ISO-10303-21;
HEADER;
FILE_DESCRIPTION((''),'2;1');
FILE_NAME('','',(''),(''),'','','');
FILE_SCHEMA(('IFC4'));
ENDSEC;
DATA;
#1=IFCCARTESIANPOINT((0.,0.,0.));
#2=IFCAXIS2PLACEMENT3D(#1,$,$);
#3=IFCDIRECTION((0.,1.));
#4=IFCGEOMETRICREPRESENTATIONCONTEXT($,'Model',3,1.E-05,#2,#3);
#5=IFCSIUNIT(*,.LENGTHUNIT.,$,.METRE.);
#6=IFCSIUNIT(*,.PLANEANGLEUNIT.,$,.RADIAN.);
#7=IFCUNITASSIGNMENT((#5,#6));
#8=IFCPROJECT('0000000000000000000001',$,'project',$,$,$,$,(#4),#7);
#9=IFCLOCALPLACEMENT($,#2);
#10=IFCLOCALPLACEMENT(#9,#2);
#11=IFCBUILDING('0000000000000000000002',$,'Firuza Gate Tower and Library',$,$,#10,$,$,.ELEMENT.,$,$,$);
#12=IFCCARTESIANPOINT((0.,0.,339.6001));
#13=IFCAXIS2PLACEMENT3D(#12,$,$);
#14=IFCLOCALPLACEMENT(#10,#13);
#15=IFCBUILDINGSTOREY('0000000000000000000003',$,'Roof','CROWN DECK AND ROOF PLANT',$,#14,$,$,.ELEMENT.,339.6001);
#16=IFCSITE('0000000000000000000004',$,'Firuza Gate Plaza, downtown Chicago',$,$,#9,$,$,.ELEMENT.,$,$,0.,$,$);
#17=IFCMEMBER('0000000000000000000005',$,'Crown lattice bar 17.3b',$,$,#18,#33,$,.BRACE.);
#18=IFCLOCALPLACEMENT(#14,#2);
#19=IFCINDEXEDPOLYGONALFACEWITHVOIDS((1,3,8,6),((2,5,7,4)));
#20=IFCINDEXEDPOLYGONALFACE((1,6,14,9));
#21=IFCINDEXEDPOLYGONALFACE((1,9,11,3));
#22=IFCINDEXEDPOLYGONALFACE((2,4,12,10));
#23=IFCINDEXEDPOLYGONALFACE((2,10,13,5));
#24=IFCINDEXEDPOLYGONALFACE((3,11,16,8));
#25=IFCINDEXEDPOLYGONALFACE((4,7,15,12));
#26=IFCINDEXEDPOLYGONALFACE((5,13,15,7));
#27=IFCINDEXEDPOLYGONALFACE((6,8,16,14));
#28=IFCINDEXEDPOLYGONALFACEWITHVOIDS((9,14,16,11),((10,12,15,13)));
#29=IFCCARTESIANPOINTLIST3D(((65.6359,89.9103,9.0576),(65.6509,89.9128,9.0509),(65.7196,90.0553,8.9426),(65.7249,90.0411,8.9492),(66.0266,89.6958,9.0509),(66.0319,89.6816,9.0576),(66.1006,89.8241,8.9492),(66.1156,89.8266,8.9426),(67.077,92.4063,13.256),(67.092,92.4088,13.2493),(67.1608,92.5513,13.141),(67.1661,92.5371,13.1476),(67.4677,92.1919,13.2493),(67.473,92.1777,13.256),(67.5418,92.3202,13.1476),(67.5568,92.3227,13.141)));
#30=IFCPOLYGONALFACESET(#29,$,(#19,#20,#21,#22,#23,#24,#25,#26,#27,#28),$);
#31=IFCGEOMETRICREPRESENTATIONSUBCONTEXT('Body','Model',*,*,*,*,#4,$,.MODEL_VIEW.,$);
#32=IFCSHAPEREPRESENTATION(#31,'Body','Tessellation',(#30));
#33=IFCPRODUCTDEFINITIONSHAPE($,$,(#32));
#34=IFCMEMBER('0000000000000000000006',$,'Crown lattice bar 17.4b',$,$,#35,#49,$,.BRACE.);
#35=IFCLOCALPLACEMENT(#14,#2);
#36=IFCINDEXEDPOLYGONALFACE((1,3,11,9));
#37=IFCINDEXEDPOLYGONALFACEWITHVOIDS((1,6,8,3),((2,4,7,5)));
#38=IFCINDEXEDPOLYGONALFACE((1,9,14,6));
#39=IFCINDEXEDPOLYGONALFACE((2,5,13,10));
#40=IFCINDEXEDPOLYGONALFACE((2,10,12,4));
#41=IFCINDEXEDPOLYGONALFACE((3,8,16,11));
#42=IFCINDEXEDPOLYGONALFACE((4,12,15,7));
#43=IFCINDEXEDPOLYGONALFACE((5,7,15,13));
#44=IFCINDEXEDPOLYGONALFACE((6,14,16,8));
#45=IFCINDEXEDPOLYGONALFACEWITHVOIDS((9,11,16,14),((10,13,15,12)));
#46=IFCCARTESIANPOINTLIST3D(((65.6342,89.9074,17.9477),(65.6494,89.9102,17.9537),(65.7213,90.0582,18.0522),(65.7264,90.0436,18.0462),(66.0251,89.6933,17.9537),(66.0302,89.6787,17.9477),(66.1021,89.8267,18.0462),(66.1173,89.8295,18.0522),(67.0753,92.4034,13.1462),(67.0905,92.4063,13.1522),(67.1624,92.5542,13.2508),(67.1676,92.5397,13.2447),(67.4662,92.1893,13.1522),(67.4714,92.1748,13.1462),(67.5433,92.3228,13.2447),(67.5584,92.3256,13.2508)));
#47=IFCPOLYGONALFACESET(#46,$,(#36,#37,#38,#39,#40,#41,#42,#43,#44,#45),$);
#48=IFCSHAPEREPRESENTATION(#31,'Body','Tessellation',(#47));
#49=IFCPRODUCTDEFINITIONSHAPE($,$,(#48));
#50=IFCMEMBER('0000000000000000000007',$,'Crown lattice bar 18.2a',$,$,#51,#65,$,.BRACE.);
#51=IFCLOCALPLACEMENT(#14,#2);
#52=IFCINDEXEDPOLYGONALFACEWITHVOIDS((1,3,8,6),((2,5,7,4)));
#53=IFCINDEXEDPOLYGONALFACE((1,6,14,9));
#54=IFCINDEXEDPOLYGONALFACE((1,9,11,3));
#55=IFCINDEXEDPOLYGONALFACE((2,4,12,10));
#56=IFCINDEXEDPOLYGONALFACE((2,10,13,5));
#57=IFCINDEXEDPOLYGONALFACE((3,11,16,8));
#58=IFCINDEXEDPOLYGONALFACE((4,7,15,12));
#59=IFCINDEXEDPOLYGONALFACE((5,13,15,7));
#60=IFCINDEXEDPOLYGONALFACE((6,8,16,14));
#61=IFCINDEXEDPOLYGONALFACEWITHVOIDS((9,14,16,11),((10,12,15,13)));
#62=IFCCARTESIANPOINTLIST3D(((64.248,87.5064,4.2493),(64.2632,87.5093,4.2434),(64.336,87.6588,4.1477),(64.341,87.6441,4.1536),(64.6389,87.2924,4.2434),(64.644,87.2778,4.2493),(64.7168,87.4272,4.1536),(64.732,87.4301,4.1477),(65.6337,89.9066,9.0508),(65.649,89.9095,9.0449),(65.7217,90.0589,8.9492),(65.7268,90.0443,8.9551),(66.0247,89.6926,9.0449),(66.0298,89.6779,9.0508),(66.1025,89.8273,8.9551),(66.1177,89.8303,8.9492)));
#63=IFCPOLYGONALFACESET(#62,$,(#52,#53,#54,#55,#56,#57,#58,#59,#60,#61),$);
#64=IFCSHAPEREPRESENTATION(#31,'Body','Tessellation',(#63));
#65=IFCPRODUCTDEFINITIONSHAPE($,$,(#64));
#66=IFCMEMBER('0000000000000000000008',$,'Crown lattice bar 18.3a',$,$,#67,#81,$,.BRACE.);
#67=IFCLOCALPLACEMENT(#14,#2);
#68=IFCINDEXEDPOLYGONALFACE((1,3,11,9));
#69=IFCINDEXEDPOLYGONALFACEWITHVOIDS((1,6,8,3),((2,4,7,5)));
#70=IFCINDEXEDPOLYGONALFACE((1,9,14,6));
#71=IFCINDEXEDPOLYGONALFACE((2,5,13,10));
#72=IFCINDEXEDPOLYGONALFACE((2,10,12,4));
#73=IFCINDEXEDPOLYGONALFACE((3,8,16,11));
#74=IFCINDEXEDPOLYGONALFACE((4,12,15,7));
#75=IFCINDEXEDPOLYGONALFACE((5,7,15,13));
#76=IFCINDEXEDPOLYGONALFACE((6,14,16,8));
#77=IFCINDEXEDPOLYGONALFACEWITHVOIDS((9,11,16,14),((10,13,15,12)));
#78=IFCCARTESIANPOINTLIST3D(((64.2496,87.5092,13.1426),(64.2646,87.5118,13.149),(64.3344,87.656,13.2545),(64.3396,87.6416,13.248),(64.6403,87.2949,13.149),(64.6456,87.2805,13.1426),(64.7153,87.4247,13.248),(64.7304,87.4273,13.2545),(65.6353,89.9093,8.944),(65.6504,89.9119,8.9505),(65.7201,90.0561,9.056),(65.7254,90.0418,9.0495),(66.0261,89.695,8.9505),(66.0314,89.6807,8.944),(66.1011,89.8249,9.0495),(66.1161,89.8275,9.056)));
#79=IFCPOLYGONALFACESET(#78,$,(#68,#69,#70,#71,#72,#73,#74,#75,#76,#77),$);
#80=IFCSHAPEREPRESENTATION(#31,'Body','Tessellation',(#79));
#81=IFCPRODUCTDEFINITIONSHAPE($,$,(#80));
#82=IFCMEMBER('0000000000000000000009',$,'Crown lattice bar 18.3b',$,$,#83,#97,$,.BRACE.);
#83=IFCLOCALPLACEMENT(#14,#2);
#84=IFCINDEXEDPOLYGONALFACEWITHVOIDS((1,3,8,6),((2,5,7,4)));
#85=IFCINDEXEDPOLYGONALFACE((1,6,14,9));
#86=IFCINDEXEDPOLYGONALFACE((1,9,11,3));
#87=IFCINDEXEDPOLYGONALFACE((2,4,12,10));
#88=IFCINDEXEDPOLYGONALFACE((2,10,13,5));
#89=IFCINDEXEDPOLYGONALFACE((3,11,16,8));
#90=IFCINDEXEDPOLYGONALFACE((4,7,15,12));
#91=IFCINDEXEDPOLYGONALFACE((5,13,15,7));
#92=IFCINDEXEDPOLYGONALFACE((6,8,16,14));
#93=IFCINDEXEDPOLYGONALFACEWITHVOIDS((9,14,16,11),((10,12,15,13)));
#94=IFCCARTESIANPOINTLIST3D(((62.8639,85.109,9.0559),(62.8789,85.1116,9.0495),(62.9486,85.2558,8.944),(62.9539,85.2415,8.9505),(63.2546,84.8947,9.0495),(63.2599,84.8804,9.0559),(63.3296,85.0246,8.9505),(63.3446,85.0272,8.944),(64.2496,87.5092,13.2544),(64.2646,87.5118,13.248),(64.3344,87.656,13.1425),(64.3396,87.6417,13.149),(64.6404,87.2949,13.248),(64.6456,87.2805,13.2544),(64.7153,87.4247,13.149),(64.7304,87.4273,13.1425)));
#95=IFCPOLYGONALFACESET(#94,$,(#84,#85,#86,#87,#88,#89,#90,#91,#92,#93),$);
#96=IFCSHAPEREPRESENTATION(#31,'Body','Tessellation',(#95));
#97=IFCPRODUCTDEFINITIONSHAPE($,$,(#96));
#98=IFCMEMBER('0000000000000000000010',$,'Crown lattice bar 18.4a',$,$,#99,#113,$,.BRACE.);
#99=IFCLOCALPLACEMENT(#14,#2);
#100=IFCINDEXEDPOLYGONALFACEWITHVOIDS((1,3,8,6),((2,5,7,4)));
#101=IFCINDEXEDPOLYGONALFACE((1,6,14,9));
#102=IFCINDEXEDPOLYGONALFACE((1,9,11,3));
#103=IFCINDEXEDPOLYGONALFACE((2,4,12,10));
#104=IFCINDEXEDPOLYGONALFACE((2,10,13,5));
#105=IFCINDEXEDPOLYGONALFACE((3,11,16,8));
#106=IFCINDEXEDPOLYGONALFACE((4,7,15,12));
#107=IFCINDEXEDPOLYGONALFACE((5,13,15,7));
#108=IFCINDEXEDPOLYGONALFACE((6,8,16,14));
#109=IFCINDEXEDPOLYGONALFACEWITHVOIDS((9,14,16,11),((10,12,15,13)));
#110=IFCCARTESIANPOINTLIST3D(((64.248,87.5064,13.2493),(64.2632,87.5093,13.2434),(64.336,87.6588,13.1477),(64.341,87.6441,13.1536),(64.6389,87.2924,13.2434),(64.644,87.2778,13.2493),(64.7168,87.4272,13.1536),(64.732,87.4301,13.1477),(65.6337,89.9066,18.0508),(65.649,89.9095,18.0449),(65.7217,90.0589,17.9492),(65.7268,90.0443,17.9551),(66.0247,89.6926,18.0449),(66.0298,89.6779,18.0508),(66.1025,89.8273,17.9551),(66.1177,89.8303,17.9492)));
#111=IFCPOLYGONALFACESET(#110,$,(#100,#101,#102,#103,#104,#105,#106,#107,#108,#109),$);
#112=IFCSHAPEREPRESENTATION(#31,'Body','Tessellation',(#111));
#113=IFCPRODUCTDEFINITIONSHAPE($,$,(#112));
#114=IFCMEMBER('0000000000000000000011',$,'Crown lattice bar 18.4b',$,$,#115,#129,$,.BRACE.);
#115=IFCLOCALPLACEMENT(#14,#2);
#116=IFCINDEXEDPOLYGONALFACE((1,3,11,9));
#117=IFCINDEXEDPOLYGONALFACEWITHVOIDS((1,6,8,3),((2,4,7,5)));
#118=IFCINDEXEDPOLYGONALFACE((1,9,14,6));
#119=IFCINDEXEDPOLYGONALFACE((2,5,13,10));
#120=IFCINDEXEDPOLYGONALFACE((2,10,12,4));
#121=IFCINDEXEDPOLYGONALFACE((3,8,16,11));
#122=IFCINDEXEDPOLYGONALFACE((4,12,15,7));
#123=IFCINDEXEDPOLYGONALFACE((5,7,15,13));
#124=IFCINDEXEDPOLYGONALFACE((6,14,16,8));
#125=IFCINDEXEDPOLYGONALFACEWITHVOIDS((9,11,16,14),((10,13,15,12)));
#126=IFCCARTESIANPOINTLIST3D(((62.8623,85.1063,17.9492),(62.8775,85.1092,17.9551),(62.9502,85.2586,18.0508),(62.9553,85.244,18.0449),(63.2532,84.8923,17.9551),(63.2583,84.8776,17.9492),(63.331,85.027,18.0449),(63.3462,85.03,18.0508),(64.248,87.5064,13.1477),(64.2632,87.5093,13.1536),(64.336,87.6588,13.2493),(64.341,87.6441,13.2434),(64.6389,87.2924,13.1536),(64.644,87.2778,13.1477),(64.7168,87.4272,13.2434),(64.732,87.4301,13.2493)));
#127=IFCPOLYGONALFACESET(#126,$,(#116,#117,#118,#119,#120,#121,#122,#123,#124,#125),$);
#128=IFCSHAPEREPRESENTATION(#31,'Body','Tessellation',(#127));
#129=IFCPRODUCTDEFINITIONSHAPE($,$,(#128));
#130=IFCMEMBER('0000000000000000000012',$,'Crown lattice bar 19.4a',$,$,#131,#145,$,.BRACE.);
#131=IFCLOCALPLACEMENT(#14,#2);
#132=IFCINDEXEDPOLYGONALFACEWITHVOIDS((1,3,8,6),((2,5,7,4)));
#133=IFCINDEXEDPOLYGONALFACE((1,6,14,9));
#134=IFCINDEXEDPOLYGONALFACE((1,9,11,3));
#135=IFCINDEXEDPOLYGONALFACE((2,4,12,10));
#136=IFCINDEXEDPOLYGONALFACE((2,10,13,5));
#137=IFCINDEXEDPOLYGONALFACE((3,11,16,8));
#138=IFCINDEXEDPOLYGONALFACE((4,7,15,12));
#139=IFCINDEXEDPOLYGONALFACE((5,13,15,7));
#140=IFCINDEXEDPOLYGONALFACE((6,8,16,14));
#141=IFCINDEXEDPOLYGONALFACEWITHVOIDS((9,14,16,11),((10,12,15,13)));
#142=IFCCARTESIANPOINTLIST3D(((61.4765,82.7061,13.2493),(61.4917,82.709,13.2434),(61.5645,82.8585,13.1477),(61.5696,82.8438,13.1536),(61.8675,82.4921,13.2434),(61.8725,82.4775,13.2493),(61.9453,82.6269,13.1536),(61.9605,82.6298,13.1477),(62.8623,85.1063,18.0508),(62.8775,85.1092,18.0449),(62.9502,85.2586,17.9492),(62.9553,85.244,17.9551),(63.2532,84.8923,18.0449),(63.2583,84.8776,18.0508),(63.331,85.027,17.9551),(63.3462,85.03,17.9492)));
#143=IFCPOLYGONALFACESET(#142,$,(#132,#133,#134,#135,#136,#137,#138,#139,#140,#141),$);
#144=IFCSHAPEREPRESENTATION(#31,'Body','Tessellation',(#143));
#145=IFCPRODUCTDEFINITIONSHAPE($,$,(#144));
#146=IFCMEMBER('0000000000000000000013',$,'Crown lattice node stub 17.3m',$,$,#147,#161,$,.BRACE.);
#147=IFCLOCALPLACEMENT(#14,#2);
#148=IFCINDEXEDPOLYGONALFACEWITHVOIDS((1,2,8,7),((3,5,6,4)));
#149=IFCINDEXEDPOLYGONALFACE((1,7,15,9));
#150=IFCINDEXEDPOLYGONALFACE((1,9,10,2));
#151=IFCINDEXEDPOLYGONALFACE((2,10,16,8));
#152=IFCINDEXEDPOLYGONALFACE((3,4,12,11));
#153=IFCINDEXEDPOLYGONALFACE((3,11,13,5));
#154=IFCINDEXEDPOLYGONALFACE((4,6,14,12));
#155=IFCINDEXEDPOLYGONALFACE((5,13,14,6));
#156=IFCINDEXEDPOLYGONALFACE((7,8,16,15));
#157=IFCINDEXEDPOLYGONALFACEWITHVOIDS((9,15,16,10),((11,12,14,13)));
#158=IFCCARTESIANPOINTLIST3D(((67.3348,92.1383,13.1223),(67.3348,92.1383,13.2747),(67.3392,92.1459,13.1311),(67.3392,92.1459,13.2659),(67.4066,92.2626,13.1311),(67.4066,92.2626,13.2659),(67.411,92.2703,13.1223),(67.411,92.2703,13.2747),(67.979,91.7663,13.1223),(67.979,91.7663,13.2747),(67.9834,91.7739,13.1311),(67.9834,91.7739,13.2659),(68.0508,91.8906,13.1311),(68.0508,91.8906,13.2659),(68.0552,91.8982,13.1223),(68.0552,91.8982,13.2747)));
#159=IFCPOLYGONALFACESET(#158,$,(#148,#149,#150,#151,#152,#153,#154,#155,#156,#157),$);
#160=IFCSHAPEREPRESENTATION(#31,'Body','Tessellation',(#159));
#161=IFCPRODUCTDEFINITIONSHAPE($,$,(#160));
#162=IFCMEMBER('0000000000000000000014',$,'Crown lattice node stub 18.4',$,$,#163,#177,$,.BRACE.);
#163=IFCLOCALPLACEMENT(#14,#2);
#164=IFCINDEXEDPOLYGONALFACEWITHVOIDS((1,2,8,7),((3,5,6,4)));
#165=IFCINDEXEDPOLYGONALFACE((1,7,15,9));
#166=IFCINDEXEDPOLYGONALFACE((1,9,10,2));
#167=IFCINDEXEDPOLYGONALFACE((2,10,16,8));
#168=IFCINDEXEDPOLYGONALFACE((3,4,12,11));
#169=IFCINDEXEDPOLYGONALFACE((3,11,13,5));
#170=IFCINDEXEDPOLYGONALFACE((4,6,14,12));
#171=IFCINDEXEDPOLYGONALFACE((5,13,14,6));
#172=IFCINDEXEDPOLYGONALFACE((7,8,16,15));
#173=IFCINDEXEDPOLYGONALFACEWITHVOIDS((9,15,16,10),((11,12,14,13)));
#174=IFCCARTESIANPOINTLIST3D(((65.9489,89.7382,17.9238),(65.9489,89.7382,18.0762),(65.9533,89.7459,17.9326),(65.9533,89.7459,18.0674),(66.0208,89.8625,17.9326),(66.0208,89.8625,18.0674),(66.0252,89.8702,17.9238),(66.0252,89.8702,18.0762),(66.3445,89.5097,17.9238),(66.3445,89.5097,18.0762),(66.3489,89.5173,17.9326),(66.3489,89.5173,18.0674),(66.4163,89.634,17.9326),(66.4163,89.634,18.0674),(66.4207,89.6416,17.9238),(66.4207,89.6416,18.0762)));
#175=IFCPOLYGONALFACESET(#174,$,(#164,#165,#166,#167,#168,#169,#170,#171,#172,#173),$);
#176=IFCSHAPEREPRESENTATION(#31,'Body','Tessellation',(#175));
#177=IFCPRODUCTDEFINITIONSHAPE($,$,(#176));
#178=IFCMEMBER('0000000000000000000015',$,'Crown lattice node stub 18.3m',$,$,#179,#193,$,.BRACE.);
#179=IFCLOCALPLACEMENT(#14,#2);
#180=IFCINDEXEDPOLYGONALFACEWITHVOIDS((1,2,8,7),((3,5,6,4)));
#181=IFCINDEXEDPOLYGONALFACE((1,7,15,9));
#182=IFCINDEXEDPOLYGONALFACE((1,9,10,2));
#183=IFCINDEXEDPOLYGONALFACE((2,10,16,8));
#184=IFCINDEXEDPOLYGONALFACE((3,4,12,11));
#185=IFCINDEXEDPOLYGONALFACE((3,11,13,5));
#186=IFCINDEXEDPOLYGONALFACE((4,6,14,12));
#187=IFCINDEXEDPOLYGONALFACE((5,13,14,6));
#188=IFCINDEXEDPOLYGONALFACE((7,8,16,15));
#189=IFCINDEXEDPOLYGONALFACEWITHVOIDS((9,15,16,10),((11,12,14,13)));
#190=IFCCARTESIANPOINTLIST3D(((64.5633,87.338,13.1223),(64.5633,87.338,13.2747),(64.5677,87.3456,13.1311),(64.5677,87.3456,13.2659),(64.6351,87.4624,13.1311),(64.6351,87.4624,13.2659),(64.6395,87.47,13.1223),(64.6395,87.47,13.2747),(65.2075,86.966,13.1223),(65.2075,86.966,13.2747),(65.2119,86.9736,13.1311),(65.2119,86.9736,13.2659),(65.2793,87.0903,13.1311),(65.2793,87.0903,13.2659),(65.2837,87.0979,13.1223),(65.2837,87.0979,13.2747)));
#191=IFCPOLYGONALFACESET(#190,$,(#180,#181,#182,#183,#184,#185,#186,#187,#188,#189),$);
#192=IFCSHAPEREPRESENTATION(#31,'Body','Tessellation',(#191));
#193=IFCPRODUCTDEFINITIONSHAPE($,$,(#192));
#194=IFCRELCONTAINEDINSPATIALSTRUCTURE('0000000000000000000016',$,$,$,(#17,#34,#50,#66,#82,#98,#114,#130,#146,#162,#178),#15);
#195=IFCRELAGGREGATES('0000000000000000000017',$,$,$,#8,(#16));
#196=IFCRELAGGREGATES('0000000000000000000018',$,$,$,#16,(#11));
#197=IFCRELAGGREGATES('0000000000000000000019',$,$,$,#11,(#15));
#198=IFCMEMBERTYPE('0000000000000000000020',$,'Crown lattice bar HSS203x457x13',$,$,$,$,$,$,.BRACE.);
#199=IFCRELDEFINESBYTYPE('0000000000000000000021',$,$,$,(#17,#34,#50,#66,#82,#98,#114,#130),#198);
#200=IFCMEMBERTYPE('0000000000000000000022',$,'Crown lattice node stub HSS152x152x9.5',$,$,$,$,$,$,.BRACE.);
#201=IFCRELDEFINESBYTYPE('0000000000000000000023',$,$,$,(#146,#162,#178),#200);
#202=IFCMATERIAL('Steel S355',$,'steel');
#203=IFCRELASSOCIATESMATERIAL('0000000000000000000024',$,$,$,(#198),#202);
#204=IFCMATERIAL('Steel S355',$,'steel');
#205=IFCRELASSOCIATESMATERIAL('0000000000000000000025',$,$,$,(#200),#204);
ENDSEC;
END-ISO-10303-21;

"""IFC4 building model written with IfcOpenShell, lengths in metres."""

from ifc_helpers import new_model, si_unit, direction, frame, origin, origin_2d, place, context, subcontext, project, spatial, hollow_rectangle, extrude, material, material_profile, profile_set, type_object, element, save


model = new_model("IFC4")

# Units and contexts
model_context = context("Model", 3, precision=1e-05, world=origin(), true_north=direction((0.0, 1.0)))
body_context = subcontext(model_context, "Body", "Model", "MODEL_VIEW")
ifc_project = project(units=[si_unit("LENGTHUNIT", "METRE"), si_unit("PLANEANGLEUNIT", "RADIAN")], contexts=[model_context])

# Site, building, storey
site_placement = place(None, origin())
site = spatial("IfcSite", under=ifc_project, at=site_placement, Name="Firuza Gate Plaza, downtown Chicago", CompositionType="ELEMENT", RefElevation=0.0)
building_placement = place(site_placement, origin())
building = spatial("IfcBuilding", under=site, at=building_placement, Name="Firuza Gate Tower and Library", CompositionType="ELEMENT")
storey_placement = place(building_placement, frame((0.0, 0.0, 339.6001)))
storey = spatial("IfcBuildingStorey", under=building, at=storey_placement, Name="Roof", Description="CROWN DECK AND ROOF PLANT", CompositionType="ELEMENT", Elevation=339.6001)

# Members
ifc_material_1 = material(Name="Steel S355", Category="steel")
ifc_material_profile_1 = material_profile(ifc_material_1, hollow_rectangle(XDim=0.4573, YDim=0.2031, WallThickness=0.0117, at=origin_2d()))
ifc_profile_set_1 = profile_set([ifc_material_profile_1], Name="Steel S355")
member_type_1 = type_object("IfcMemberType", Name="Crown lattice bar HSS203x457x13", PredefinedType="BRACE", material=ifc_profile_set_1)
member_1_placement = place(storey_placement, frame((67.3169, 92.3645, 13.1985), z_axis=(-0.282991, -0.49014, -0.824427), x_axis=(0.866019, -0.500011, 0.0)))
element("IfcMember", 1, at=member_1_placement, inside=storey, type_object=member_type_1, Name="Crown lattice bar 17.3b", PredefinedType="BRACE", context=body_context, shape_type="SweptSolid", body=[
    extrude(hollow_rectangle(XDim=0.4573, YDim=0.2031, WallThickness=0.0117, at=origin_2d()), origin(), (0.0, 0.0, 1.0), 5.0925),
])
member_2_placement = place(storey_placement, frame((67.3169, 92.3645, 13.1985), z_axis=(-0.257342, -0.445717, 0.857386), x_axis=(0.866019, -0.500011, 0.0)))
element("IfcMember", 2, at=member_2_placement, inside=storey, type_object=member_type_1, Name="Crown lattice bar 17.4b", PredefinedType="BRACE", context=body_context, shape_type="SweptSolid", body=[
    extrude(hollow_rectangle(XDim=0.4573, YDim=0.2031, WallThickness=0.0117, at=origin_2d()), origin(), (0.0, 0.0, 1.0), 5.6001),
])
member_3_placement = place(storey_placement, frame((65.8757, 89.8684, 9.0), z_axis=(-0.249955, -0.43293, -0.86608), x_axis=(0.866023, -0.500005, 0.0)))
element("IfcMember", 3, at=member_3_placement, inside=storey, type_object=member_type_1, Name="Crown lattice bar 18.2a", PredefinedType="BRACE", context=body_context, shape_type="SweptSolid", body=[
    extrude(hollow_rectangle(XDim=0.4573, YDim=0.2031, WallThickness=0.0117, at=origin_2d()), origin(), (0.0, 0.0, 1.0), 5.5439),
])
for number, where, z_axis, x_axis, name in (
    (4, (65.8757, 89.8684, 9.0), (-0.275455, -0.477097, 0.834568), (0.866023, -0.500005, 0.0), "Crown lattice bar 18.3a"),
    (5, (64.49, 87.4683, 13.1985), (-0.275455, -0.477097, -0.834568), (0.866023, -0.500005, 0.0), "Crown lattice bar 18.3b"),
):
    element("IfcMember", number, at=place(storey_placement, frame(where, z_axis=z_axis, x_axis=x_axis)), inside=storey, type_object=member_type_1, Name=name, PredefinedType="BRACE", context=body_context, shape_type="SweptSolid", body=[
        extrude(hollow_rectangle(XDim=0.4573, YDim=0.2031, WallThickness=0.0117, at=origin_2d()), origin(), (0.0, 0.0, 1.0), 5.0308),
    ])
for number, where, z_axis, x_axis, name in (
    (6, (65.8757, 89.8684, 18.0), (-0.249955, -0.43293, -0.86608), (0.866023, -0.500005, 0.0), "Crown lattice bar 18.4a"),
    (7, (64.49, 87.4683, 13.1985), (-0.249955, -0.43293, 0.86608), (0.866023, -0.500005, 0.0), "Crown lattice bar 18.4b"),
    (8, (63.1042, 85.0681, 18.0), (-0.249955, -0.43293, -0.86608), (0.866023, -0.500005, 0.0), "Crown lattice bar 19.4a"),
):
    element("IfcMember", number, at=place(storey_placement, frame(where, z_axis=z_axis, x_axis=x_axis)), inside=storey, type_object=member_type_1, Name=name, PredefinedType="BRACE", context=body_context, shape_type="SweptSolid", body=[
        extrude(hollow_rectangle(XDim=0.4573, YDim=0.2031, WallThickness=0.0117, at=origin_2d()), origin(), (0.0, 0.0, 1.0), 5.5439),
    ])
ifc_material_2 = material(Name="Steel S355", Category="steel")
ifc_material_profile_2 = material_profile(ifc_material_2, hollow_rectangle(XDim=0.1523, YDim=0.1523, WallThickness=0.0088, at=origin_2d()))
ifc_profile_set_2 = profile_set([ifc_material_profile_2], Name="Steel S355")
member_type_2 = type_object("IfcMemberType", Name="Crown lattice node stub HSS152x152x9.5", PredefinedType="BRACE", material=ifc_profile_set_2)
member_4_placement = place(storey_placement, frame((68.0171, 91.8323, 13.1985), z_axis=(-0.865972, 0.500092, 0.0), x_axis=(-0.500092, -0.865972, 0.0)))
element("IfcMember", 9, at=member_4_placement, inside=storey, type_object=member_type_2, Name="Crown lattice node stub 17.3m", PredefinedType="BRACE", context=body_context, shape_type="SweptSolid", body=[
    extrude(hollow_rectangle(XDim=0.1523, YDim=0.1523, WallThickness=0.0088, at=origin_2d()), origin(), (0.0, 0.0, 1.0), 0.7439),
])
member_5_placement = place(storey_placement, frame((66.3826, 89.5757, 18.0), z_axis=(-0.865865, 0.500278, 0.0), x_axis=(-0.500278, -0.865865, 0.0)))
element("IfcMember", 10, at=member_5_placement, inside=storey, type_object=member_type_2, Name="Crown lattice node stub 18.4", PredefinedType="BRACE", context=body_context, shape_type="SweptSolid", body=[
    extrude(hollow_rectangle(XDim=0.1523, YDim=0.1523, WallThickness=0.0088, at=origin_2d()), origin(), (0.0, 0.0, 1.0), 0.4568),
])
member_6_placement = place(storey_placement, frame((65.2456, 87.032, 13.1985), z_axis=(-0.865972, 0.500092, 0.0), x_axis=(-0.500092, -0.865972, 0.0)))
element("IfcMember", 11, at=member_6_placement, inside=storey, type_object=member_type_2, Name="Crown lattice node stub 18.3m", PredefinedType="BRACE", context=body_context, shape_type="SweptSolid", body=[
    extrude(hollow_rectangle(XDim=0.1523, YDim=0.1523, WallThickness=0.0088, at=origin_2d()), origin(), (0.0, 0.0, 1.0), 0.7439),
])

save(model, "model.ifc")
